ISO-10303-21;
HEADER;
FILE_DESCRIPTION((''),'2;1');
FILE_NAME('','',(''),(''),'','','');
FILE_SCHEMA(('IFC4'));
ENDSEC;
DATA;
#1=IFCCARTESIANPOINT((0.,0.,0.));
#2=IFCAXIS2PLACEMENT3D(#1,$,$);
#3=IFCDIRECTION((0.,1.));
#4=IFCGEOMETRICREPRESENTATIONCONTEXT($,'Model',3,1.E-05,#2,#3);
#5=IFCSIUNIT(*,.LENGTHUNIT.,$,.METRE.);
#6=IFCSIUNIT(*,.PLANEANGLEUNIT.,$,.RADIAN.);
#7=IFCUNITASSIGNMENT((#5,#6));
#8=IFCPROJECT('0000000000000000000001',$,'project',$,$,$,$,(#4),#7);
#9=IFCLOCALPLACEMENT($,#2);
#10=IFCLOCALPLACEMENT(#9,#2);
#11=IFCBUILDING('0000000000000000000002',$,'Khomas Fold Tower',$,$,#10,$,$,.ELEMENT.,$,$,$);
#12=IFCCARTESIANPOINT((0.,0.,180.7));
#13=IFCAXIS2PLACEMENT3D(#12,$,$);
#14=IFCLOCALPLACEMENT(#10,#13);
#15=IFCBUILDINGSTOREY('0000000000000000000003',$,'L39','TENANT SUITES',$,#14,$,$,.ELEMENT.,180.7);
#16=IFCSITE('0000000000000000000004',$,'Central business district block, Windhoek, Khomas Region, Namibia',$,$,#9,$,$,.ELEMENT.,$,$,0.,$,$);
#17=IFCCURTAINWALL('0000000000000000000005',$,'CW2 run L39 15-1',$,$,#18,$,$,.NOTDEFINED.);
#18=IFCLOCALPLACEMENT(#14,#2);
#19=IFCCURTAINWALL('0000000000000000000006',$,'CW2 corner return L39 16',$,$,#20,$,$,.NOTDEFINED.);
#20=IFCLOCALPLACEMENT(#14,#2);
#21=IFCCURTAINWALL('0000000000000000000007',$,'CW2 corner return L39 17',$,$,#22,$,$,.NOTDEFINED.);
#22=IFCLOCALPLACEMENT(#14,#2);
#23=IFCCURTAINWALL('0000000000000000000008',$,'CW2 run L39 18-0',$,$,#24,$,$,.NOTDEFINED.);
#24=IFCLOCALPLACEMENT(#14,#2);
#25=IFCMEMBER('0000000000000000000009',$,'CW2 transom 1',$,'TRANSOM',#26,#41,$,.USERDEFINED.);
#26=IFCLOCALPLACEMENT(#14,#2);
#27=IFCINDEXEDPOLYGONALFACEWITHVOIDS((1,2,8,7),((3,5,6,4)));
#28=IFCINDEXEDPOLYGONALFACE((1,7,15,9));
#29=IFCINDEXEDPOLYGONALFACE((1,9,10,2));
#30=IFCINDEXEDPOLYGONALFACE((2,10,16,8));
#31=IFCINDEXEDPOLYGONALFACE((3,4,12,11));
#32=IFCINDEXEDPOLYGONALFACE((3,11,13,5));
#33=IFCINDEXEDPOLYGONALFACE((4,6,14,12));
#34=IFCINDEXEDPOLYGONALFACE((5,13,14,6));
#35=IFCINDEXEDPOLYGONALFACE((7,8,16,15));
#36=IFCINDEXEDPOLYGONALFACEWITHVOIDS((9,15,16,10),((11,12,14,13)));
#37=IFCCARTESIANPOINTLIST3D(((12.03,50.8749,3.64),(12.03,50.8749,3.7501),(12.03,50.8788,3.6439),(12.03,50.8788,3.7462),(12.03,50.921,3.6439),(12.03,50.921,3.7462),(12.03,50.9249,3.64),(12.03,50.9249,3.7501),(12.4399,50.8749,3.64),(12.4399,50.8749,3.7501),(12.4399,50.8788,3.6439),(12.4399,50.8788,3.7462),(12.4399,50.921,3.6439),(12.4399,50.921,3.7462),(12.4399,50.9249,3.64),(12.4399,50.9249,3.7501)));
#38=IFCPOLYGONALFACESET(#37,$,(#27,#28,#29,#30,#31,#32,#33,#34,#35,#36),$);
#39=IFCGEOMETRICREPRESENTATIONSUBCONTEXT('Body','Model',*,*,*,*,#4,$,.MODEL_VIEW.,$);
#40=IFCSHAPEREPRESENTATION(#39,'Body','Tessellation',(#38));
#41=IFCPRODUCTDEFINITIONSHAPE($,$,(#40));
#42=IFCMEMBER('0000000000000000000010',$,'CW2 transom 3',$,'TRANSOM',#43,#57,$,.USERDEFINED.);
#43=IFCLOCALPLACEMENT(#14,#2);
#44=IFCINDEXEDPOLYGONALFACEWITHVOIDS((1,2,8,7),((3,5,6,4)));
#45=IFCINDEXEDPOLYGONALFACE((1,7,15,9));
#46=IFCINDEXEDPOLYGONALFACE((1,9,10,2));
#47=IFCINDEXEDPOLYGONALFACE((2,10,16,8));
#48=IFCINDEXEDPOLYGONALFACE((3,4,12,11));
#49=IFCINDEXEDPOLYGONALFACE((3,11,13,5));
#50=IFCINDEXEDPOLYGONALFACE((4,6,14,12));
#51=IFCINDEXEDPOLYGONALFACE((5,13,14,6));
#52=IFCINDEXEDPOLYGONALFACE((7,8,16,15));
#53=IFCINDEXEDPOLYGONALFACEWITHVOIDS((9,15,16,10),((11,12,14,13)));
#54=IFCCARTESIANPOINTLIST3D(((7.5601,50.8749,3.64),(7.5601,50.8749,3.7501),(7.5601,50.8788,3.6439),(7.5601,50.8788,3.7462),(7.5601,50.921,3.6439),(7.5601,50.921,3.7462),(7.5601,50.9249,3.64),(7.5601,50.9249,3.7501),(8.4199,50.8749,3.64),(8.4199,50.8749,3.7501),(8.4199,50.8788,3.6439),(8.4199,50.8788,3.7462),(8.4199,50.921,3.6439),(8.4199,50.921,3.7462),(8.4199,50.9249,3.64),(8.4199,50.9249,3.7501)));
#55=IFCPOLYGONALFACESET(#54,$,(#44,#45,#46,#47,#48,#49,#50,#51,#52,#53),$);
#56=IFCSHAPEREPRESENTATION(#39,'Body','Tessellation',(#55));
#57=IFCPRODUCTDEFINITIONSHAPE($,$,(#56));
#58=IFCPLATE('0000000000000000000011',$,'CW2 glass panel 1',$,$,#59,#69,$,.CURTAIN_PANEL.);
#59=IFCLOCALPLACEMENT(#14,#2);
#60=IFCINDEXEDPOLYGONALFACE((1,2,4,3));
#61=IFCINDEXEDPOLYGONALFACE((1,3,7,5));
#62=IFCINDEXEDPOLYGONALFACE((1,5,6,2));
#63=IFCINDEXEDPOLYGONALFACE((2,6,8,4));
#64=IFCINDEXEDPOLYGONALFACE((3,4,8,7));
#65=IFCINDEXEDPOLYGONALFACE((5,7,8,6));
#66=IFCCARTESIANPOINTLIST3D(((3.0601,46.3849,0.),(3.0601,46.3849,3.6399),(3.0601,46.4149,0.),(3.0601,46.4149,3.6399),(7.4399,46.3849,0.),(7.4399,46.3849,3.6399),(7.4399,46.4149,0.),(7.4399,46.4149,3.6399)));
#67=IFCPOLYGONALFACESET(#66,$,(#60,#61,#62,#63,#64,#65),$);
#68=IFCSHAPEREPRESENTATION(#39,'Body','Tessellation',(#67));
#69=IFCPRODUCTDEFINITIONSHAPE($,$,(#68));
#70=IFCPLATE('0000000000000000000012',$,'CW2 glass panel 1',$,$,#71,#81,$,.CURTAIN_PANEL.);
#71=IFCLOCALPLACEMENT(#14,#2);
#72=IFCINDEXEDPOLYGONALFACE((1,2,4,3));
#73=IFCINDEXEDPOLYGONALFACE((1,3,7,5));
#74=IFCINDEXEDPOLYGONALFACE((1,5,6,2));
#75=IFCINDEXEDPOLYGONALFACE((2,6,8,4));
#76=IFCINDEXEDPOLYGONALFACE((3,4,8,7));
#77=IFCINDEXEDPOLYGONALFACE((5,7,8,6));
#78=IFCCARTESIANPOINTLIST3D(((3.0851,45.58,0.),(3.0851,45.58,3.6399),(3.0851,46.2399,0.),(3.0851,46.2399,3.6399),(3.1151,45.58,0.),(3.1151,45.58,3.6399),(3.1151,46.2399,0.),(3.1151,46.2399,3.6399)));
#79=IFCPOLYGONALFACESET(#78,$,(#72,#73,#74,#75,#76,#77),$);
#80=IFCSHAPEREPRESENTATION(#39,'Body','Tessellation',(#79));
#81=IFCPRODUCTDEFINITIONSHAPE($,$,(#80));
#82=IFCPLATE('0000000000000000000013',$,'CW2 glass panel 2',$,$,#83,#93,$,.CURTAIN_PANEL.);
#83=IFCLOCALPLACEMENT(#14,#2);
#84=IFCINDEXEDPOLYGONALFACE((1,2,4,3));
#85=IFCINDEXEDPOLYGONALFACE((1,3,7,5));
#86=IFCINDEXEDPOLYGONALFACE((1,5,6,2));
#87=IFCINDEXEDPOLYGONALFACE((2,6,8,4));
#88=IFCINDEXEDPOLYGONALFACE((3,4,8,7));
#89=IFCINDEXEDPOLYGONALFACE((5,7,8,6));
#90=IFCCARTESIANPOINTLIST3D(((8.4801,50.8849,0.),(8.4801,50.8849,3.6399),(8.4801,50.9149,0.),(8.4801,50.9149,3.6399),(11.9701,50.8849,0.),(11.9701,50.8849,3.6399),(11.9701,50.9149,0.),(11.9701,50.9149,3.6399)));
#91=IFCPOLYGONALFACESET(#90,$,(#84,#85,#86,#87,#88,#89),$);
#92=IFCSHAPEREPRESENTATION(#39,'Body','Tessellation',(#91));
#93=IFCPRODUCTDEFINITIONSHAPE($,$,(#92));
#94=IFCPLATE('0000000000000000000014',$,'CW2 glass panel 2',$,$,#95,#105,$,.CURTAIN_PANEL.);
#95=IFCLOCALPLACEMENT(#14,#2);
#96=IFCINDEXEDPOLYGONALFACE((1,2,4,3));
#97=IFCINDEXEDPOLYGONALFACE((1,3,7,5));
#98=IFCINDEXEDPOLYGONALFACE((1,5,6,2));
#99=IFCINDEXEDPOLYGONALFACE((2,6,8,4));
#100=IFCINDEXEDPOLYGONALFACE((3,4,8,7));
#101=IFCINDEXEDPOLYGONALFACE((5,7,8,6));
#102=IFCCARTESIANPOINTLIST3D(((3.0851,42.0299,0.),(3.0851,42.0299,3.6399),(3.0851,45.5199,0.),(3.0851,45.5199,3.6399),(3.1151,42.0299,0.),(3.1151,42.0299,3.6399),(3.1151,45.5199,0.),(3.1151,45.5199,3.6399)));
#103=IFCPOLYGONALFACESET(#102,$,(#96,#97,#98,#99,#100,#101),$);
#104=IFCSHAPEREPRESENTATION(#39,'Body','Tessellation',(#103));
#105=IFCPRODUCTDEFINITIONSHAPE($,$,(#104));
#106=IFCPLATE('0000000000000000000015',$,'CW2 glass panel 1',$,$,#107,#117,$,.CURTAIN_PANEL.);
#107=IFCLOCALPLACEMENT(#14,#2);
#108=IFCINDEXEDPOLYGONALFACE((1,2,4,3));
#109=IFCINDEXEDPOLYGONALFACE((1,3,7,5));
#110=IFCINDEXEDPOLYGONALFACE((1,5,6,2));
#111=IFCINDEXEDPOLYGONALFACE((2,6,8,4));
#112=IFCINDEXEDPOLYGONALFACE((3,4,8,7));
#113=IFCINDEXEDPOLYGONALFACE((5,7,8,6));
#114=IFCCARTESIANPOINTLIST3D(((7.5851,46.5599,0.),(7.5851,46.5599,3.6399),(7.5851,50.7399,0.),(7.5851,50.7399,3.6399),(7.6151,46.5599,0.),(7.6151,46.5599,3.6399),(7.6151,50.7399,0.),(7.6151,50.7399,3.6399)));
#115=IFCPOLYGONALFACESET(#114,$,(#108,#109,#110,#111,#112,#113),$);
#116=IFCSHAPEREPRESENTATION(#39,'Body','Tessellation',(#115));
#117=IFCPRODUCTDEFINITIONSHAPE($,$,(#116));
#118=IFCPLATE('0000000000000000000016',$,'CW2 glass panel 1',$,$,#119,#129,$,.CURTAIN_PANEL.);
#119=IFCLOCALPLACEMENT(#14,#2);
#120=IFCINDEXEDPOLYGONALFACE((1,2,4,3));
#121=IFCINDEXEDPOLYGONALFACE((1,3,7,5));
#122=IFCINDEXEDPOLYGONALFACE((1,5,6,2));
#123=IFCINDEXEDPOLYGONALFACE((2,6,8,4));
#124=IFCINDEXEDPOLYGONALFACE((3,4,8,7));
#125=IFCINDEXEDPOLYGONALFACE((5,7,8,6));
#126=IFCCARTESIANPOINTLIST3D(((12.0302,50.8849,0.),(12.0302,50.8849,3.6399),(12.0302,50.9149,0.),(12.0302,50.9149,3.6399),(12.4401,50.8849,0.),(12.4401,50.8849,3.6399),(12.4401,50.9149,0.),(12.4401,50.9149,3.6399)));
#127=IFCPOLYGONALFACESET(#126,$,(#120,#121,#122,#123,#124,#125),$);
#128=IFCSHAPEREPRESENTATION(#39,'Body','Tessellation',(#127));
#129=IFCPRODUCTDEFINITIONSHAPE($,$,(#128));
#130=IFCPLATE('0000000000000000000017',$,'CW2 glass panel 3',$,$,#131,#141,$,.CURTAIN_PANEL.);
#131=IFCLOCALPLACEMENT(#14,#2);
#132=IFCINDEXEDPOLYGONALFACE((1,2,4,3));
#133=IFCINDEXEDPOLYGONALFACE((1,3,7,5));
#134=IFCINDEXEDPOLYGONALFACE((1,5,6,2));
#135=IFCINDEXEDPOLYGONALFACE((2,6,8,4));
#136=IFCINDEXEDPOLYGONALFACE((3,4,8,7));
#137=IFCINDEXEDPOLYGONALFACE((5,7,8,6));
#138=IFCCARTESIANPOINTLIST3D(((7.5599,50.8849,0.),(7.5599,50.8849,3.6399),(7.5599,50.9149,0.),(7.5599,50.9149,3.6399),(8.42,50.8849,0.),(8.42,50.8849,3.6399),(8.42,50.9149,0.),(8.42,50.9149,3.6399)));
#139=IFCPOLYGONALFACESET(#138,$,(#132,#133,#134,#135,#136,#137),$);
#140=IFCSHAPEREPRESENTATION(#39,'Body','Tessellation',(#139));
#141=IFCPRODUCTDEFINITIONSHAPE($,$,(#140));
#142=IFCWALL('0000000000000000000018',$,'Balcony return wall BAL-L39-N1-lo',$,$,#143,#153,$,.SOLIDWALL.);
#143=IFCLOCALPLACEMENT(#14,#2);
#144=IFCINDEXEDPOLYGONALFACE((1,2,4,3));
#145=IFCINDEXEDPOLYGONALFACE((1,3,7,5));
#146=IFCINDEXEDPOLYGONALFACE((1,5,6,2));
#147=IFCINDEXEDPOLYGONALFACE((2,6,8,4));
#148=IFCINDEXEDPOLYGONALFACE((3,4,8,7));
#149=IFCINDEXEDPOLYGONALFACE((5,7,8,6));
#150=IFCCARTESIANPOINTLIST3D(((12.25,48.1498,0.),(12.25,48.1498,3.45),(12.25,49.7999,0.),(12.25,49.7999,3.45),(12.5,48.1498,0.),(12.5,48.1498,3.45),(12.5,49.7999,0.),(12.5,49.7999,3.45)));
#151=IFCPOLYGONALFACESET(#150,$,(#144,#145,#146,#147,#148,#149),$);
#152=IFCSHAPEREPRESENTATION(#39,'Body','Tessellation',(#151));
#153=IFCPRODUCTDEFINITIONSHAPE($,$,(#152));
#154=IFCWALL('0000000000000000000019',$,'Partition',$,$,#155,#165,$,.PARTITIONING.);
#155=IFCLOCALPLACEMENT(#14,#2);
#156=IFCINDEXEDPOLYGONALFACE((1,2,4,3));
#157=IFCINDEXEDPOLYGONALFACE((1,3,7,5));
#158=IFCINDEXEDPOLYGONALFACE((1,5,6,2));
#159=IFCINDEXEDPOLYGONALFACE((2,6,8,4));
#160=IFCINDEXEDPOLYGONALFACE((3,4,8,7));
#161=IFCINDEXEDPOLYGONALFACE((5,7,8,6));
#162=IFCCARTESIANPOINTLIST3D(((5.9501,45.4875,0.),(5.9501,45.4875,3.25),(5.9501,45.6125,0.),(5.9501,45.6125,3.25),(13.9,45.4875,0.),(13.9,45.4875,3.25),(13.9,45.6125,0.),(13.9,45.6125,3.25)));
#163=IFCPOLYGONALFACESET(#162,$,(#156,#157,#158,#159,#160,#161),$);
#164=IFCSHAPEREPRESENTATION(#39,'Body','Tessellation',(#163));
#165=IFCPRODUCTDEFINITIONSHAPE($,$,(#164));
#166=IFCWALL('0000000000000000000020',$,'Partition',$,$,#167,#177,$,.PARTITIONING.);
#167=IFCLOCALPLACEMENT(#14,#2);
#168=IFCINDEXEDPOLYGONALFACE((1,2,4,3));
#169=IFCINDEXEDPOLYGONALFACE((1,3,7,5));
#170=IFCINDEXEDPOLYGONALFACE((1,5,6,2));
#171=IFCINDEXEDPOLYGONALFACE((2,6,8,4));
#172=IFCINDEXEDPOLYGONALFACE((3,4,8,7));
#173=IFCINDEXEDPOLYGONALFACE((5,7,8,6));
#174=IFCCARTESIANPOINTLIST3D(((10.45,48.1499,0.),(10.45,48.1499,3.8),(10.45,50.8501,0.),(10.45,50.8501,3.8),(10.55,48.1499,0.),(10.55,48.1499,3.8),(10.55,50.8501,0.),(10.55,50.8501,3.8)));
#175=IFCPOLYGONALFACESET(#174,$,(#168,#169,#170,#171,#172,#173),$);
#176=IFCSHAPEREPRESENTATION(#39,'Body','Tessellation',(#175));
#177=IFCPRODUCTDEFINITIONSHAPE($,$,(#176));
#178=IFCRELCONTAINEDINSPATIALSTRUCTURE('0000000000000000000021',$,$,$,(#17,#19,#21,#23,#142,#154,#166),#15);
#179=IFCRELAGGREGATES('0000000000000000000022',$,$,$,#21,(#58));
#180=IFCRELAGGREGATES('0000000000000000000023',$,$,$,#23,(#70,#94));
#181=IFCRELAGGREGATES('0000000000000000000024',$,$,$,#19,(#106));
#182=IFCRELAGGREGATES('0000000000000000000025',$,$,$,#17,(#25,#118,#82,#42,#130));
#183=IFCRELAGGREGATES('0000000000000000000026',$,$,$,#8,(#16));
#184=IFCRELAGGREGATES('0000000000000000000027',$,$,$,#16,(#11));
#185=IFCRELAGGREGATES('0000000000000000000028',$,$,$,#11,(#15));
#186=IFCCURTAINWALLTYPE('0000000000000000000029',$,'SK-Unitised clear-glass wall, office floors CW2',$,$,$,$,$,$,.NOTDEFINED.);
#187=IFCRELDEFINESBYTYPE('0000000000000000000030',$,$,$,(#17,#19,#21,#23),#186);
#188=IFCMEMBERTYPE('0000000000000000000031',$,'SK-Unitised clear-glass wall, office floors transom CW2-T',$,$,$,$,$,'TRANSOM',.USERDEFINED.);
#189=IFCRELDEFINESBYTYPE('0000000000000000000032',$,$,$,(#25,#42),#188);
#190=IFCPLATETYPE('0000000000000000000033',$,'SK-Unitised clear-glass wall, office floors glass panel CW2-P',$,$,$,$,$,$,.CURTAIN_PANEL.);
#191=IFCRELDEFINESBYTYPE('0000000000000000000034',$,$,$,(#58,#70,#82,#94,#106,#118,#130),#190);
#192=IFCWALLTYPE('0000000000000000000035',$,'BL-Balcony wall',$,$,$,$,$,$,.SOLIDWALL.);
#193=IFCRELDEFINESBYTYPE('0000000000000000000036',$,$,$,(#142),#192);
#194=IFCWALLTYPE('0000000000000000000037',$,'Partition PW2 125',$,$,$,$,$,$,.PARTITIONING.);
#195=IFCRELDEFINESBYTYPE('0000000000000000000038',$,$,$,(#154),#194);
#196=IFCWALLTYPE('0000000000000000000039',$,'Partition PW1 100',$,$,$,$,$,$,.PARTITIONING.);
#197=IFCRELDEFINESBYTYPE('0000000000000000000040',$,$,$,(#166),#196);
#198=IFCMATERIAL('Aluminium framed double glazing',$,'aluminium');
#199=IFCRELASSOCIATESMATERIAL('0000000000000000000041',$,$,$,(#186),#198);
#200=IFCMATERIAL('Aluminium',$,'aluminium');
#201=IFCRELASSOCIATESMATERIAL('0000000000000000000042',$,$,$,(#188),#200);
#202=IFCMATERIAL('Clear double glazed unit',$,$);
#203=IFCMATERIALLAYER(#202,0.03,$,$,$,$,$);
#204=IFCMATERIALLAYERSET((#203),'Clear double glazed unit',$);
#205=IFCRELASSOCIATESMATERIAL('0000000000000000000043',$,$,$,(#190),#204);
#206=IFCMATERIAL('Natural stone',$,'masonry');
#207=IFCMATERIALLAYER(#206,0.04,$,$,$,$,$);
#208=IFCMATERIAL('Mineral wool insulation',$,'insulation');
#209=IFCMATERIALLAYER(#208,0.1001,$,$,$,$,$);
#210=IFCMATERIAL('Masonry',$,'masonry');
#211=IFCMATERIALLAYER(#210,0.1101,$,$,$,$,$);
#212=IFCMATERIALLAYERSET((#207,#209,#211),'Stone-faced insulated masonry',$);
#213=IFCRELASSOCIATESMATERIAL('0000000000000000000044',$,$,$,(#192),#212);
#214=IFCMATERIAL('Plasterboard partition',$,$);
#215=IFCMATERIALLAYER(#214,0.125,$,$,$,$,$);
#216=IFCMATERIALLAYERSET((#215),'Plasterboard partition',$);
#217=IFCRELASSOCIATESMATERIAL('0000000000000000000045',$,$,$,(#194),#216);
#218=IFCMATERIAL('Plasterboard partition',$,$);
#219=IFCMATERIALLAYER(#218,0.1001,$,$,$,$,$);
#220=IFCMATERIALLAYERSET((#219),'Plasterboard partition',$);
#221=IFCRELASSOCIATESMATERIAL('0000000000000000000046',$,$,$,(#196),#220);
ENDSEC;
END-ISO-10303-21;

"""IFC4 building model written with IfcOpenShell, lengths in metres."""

from ifc_helpers import new_model, si_unit, direction, frame, frame_2d, origin, origin_2d, place, context, subcontext, project, spatial, rectangle, hollow_rectangle, extrude, source, transform, mapped, material, layer, layer_set, material_profile, profile_set, type_object, element, aggregate, save


model = new_model("IFC4")

# Units and contexts
model_context = context("Model", 3, precision=1e-05, world=origin(), true_north=direction((0.0, 1.0)))
body_context = subcontext(model_context, "Body", "Model", "MODEL_VIEW")
ifc_project = project(units=[si_unit("LENGTHUNIT", "METRE"), si_unit("PLANEANGLEUNIT", "RADIAN")], contexts=[model_context])

# Site, building, storey
site_placement = place(None, origin())
site = spatial("IfcSite", under=ifc_project, at=site_placement, Name="Central business district block, Windhoek, Khomas Region, Namibia", CompositionType="ELEMENT", RefElevation=0.0)
building_placement = place(site_placement, origin())
building = spatial("IfcBuilding", under=site, at=building_placement, Name="Khomas Fold Tower", CompositionType="ELEMENT")
storey_placement = place(building_placement, frame((0.0, 0.0, 180.7)))
storey = spatial("IfcBuildingStorey", under=building, at=storey_placement, Name="L39", Description="TENANT SUITES", CompositionType="ELEMENT", Elevation=180.7)

# Curtain walls
ifc_material_1 = material(Name="Aluminium framed double glazing", Category="aluminium")
curtain_wall_type = type_object("IfcCurtainWallType", Name="SK-Unitised clear-glass wall, office floors CW2", PredefinedType="NOTDEFINED", material=ifc_material_1)
curtain_wall_1_placement = place(storey_placement, origin())
curtain_wall_1 = element("IfcCurtainWall", 1, at=curtain_wall_1_placement, inside=storey, type_object=curtain_wall_type, Name="CW2 run L39 15-1", PredefinedType="NOTDEFINED")
curtain_wall_2_placement = place(storey_placement, origin())
curtain_wall_2 = element("IfcCurtainWall", 2, at=curtain_wall_2_placement, inside=storey, type_object=curtain_wall_type, Name="CW2 corner return L39 16", PredefinedType="NOTDEFINED")
curtain_wall_3_placement = place(storey_placement, origin())
curtain_wall_3 = element("IfcCurtainWall", 3, at=curtain_wall_3_placement, inside=storey, type_object=curtain_wall_type, Name="CW2 corner return L39 17", PredefinedType="NOTDEFINED")

# Curtain wall
curtain_wall_4_placement = place(storey_placement, origin())
curtain_wall_4 = element("IfcCurtainWall", 4, at=curtain_wall_4_placement, inside=storey, type_object=curtain_wall_type, Name="CW2 run L39 18-0", PredefinedType="NOTDEFINED")

# Members
ifc_material_2 = material(Name="Aluminium", Category="aluminium")
ifc_material_profile_1 = material_profile(ifc_material_2, hollow_rectangle(XDim=0.05, YDim=0.1101, WallThickness=0.0039, at=origin_2d()), Name="SK-Unitised clear-glass wall, office floors transom CW2-T")
ifc_profile_set_1 = profile_set([ifc_material_profile_1], Name="Aluminium")
member_type_1 = type_object("IfcMemberType", Name="SK-Unitised clear-glass wall, office floors transom CW2-T", ElementType="TRANSOM", PredefinedType="USERDEFINED", material=ifc_profile_set_1)
shared_shape_1 = source(origin(), body_context, "Body", "SweptSolid", [
    extrude(hollow_rectangle(XDim=0.05, YDim=0.1101, WallThickness=0.0039, at=origin_2d()), origin(), (0.0, 0.0, 1.0), 0.4099),
])
member_1_placement = place(storey_placement, frame((12.4399, 50.8999, 3.6951), z_axis=(-1.0, 0.0, 0.0), x_axis=(0.0, -1.0, 0.0)))
member_1 = element("IfcMember", 5, at=member_1_placement, type_object=member_type_1, Name="CW2 transom 1", ObjectType="TRANSOM", PredefinedType="USERDEFINED", context=body_context, shape_type="MappedRepresentation", body=[
    mapped(shared_shape_1, transform((0.0, 0.0, 0.0))),
])
shared_shape_2 = source(origin(), body_context, "Body", "SweptSolid", [
    extrude(hollow_rectangle(XDim=0.05, YDim=0.1101, WallThickness=0.0039, at=origin_2d()), origin(), (0.0, 0.0, 1.0), 0.8599),
])
member_2_placement = place(storey_placement, frame((8.4199, 50.8999, 3.6951), z_axis=(-1.0, 0.0, 0.0), x_axis=(0.0, -1.0, 0.0)))
member_2 = element("IfcMember", 6, at=member_2_placement, type_object=member_type_1, Name="CW2 transom 3", ObjectType="TRANSOM", PredefinedType="USERDEFINED", context=body_context, shape_type="MappedRepresentation", body=[
    mapped(shared_shape_2, transform((0.0, 0.0, 0.0))),
])

# Plates
ifc_material_3 = material(Name="Clear double glazed unit")
ifc_layer_1 = layer(ifc_material_3, 0.03)
ifc_layer_set_1 = layer_set([ifc_layer_1], Name="Clear double glazed unit")
plate_type = type_object("IfcPlateType", Name="SK-Unitised clear-glass wall, office floors glass panel CW2-P", PredefinedType="CURTAIN_PANEL", material=ifc_layer_set_1)
shared_shape_3 = source(origin(), body_context, "Body", "SweptSolid", [
    extrude(rectangle(XDim=4.3799, YDim=0.03, at=origin_2d()), origin(), (0.0, 0.0, 1.0), 3.6399),
])
plate_1_placement = place(storey_placement, frame((5.25, 46.3999, 0.0), z_axis=(0.0, 0.0, 1.0), x_axis=(-1.0, 0.0, 0.0)))
plate_1 = element("IfcPlate", 7, at=plate_1_placement, type_object=plate_type, Name="CW2 glass panel 1", PredefinedType="CURTAIN_PANEL", context=body_context, shape_type="MappedRepresentation", body=[
    mapped(shared_shape_3, transform((0.0, 0.0, 0.0))),
])
aggregate(curtain_wall_3, [plate_1])
shared_shape_4 = source(origin(), body_context, "Body", "SweptSolid", [
    extrude(rectangle(XDim=0.6599, YDim=0.03, at=origin_2d()), origin(), (0.0, 0.0, 1.0), 3.6399),
])
plate_2_placement = place(storey_placement, frame((3.1001, 45.9099, 0.0), z_axis=(0.0, 0.0, 1.0), x_axis=(0.0, -1.0, 0.0)))
plate_2 = element("IfcPlate", 8, at=plate_2_placement, type_object=plate_type, Name="CW2 glass panel 1", PredefinedType="CURTAIN_PANEL", context=body_context, shape_type="MappedRepresentation", body=[
    mapped(shared_shape_4, transform((0.0, 0.0, 0.0))),
])
shared_shape_5 = source(origin(), body_context, "Body", "SweptSolid", [
    extrude(rectangle(XDim=3.49, YDim=0.03, at=origin_2d()), origin(), (0.0, 0.0, 1.0), 3.6399),
])
plate_3_placement = place(storey_placement, frame((10.2251, 50.8999, 0.0), z_axis=(0.0, 0.0, 1.0), x_axis=(-1.0, 0.0, 0.0)))
plate_3 = element("IfcPlate", 9, at=plate_3_placement, type_object=plate_type, Name="CW2 glass panel 2", PredefinedType="CURTAIN_PANEL", context=body_context, shape_type="MappedRepresentation", body=[
    mapped(shared_shape_5, transform((0.0, 0.0, 0.0))),
])
plate_4_placement = place(storey_placement, frame((3.1001, 43.7749, 0.0), z_axis=(0.0, 0.0, 1.0), x_axis=(0.0, -1.0, 0.0)))
plate_4 = element("IfcPlate", 10, at=plate_4_placement, type_object=plate_type, Name="CW2 glass panel 2", PredefinedType="CURTAIN_PANEL", context=body_context, shape_type="MappedRepresentation", body=[
    mapped(shared_shape_5, transform((0.0, 0.0, 0.0))),
])
aggregate(curtain_wall_4, [plate_2, plate_4])
shared_shape_6 = source(origin(), body_context, "Body", "SweptSolid", [
    extrude(rectangle(XDim=4.1799, YDim=0.03, at=origin_2d()), origin(), (0.0, 0.0, 1.0), 3.6399),
])
plate_5_placement = place(storey_placement, frame((7.6001, 48.6499, 0.0), z_axis=(0.0, 0.0, 1.0), x_axis=(0.0, -1.0, 0.0)))
plate_5 = element("IfcPlate", 11, at=plate_5_placement, type_object=plate_type, Name="CW2 glass panel 1", PredefinedType="CURTAIN_PANEL", context=body_context, shape_type="MappedRepresentation", body=[
    mapped(shared_shape_6, transform((0.0, 0.0, 0.0))),
])
aggregate(curtain_wall_2, [plate_5])
shared_shape_7 = source(origin(), body_context, "Body", "SweptSolid", [
    extrude(rectangle(XDim=0.4099, YDim=0.03, at=origin_2d()), origin(), (0.0, 0.0, 1.0), 3.6399),
])
plate_6_placement = place(storey_placement, frame((12.2351, 50.8999, 0.0), z_axis=(0.0, 0.0, 1.0), x_axis=(-1.0, 0.0, 0.0)))
plate_6 = element("IfcPlate", 12, at=plate_6_placement, type_object=plate_type, Name="CW2 glass panel 1", PredefinedType="CURTAIN_PANEL", context=body_context, shape_type="MappedRepresentation", body=[
    mapped(shared_shape_7, transform((0.0, 0.0, 0.0))),
])
shared_shape_8 = source(origin(), body_context, "Body", "SweptSolid", [
    extrude(rectangle(XDim=0.8601, YDim=0.03, at=origin_2d()), origin(), (0.0, 0.0, 1.0), 3.6399),
])
plate_7_placement = place(storey_placement, frame((7.99, 50.8999, 0.0), z_axis=(0.0, 0.0, 1.0), x_axis=(-1.0, 0.0, 0.0)))
plate_7 = element("IfcPlate", 13, at=plate_7_placement, type_object=plate_type, Name="CW2 glass panel 3", PredefinedType="CURTAIN_PANEL", context=body_context, shape_type="MappedRepresentation", body=[
    mapped(shared_shape_8, transform((0.0, 0.0, 0.0))),
])
aggregate(curtain_wall_1, [member_1, plate_6, plate_3, member_2, plate_7])

# Walls
ifc_material_4 = material(Name="Natural stone", Category="masonry")
ifc_layer_2 = layer(ifc_material_4, 0.04)
ifc_material_5 = material(Name="Mineral wool insulation", Category="insulation")
ifc_layer_3 = layer(ifc_material_5, 0.1001)
ifc_material_6 = material(Name="Masonry", Category="masonry")
ifc_layer_4 = layer(ifc_material_6, 0.1101)
ifc_layer_set_2 = layer_set([ifc_layer_2, ifc_layer_3, ifc_layer_4], Name="Stone-faced insulated masonry")
wall_type_1 = type_object("IfcWallType", Name="BL-Balcony wall", PredefinedType="SOLIDWALL", material=ifc_layer_set_2)
shared_shape_9 = source(origin(), body_context, "Body", "SweptSolid", [
    extrude(rectangle(XDim=1.6501, YDim=0.25, at=frame_2d((0.8252, 0.0))), origin(), (0.0, 0.0, 1.0), 3.45),
])
wall_1_placement = place(storey_placement, frame((12.375, 49.8, 0.0), z_axis=(0.0, 0.0, 1.0), x_axis=(0.0, -1.0, 0.0)))
element("IfcWall", 14, at=wall_1_placement, inside=storey, type_object=wall_type_1, Name="Balcony return wall BAL-L39-N1-lo", PredefinedType="SOLIDWALL", context=body_context, shape_type="MappedRepresentation", body=[
    mapped(shared_shape_9, transform((0.0, 0.0, 0.0))),
])
ifc_material_7 = material(Name="Plasterboard partition")
ifc_layer_5 = layer(ifc_material_7, 0.125)
ifc_layer_set_3 = layer_set([ifc_layer_5], Name="Plasterboard partition")
wall_type_2 = type_object("IfcWallType", Name="Partition PW2 125", PredefinedType="PARTITIONING", material=ifc_layer_set_3)
shared_shape_10 = source(origin(), body_context, "Body", "SweptSolid", [
    extrude(rectangle(XDim=7.95, YDim=0.125, at=frame_2d((3.9751, 0.0))), origin(), (0.0, 0.0, 1.0), 3.25),
])
wall_2_placement = place(storey_placement, frame((5.95, 45.55, 0.0), z_axis=(0.0, 0.0, 1.0), x_axis=(1.0, 0.0, 0.0)))
element("IfcWall", 15, at=wall_2_placement, inside=storey, type_object=wall_type_2, Name="Partition", PredefinedType="PARTITIONING", context=body_context, shape_type="MappedRepresentation", body=[
    mapped(shared_shape_10, transform((0.0, 0.0, 0.0))),
])
ifc_material_8 = material(Name="Plasterboard partition")
ifc_layer_6 = layer(ifc_material_8, 0.1001)
ifc_layer_set_4 = layer_set([ifc_layer_6], Name="Plasterboard partition")
wall_type_3 = type_object("IfcWallType", Name="Partition PW1 100", PredefinedType="PARTITIONING", material=ifc_layer_set_4)
shared_shape_11 = source(origin(), body_context, "Body", "SweptSolid", [
    extrude(rectangle(XDim=2.7002, YDim=0.1001, at=frame_2d((1.3501, 0.0))), origin(), (0.0, 0.0, 1.0), 3.8),
])
wall_3_placement = place(storey_placement, frame((10.5, 48.1499, 0.0), z_axis=(0.0, 0.0, 1.0), x_axis=(0.0, 1.0, 0.0)))
element("IfcWall", 16, at=wall_3_placement, inside=storey, type_object=wall_type_3, Name="Partition", PredefinedType="PARTITIONING", context=body_context, shape_type="MappedRepresentation", body=[
    mapped(shared_shape_11, transform((0.0, 0.0, 0.0))),
])

save(model, "model.ifc")
